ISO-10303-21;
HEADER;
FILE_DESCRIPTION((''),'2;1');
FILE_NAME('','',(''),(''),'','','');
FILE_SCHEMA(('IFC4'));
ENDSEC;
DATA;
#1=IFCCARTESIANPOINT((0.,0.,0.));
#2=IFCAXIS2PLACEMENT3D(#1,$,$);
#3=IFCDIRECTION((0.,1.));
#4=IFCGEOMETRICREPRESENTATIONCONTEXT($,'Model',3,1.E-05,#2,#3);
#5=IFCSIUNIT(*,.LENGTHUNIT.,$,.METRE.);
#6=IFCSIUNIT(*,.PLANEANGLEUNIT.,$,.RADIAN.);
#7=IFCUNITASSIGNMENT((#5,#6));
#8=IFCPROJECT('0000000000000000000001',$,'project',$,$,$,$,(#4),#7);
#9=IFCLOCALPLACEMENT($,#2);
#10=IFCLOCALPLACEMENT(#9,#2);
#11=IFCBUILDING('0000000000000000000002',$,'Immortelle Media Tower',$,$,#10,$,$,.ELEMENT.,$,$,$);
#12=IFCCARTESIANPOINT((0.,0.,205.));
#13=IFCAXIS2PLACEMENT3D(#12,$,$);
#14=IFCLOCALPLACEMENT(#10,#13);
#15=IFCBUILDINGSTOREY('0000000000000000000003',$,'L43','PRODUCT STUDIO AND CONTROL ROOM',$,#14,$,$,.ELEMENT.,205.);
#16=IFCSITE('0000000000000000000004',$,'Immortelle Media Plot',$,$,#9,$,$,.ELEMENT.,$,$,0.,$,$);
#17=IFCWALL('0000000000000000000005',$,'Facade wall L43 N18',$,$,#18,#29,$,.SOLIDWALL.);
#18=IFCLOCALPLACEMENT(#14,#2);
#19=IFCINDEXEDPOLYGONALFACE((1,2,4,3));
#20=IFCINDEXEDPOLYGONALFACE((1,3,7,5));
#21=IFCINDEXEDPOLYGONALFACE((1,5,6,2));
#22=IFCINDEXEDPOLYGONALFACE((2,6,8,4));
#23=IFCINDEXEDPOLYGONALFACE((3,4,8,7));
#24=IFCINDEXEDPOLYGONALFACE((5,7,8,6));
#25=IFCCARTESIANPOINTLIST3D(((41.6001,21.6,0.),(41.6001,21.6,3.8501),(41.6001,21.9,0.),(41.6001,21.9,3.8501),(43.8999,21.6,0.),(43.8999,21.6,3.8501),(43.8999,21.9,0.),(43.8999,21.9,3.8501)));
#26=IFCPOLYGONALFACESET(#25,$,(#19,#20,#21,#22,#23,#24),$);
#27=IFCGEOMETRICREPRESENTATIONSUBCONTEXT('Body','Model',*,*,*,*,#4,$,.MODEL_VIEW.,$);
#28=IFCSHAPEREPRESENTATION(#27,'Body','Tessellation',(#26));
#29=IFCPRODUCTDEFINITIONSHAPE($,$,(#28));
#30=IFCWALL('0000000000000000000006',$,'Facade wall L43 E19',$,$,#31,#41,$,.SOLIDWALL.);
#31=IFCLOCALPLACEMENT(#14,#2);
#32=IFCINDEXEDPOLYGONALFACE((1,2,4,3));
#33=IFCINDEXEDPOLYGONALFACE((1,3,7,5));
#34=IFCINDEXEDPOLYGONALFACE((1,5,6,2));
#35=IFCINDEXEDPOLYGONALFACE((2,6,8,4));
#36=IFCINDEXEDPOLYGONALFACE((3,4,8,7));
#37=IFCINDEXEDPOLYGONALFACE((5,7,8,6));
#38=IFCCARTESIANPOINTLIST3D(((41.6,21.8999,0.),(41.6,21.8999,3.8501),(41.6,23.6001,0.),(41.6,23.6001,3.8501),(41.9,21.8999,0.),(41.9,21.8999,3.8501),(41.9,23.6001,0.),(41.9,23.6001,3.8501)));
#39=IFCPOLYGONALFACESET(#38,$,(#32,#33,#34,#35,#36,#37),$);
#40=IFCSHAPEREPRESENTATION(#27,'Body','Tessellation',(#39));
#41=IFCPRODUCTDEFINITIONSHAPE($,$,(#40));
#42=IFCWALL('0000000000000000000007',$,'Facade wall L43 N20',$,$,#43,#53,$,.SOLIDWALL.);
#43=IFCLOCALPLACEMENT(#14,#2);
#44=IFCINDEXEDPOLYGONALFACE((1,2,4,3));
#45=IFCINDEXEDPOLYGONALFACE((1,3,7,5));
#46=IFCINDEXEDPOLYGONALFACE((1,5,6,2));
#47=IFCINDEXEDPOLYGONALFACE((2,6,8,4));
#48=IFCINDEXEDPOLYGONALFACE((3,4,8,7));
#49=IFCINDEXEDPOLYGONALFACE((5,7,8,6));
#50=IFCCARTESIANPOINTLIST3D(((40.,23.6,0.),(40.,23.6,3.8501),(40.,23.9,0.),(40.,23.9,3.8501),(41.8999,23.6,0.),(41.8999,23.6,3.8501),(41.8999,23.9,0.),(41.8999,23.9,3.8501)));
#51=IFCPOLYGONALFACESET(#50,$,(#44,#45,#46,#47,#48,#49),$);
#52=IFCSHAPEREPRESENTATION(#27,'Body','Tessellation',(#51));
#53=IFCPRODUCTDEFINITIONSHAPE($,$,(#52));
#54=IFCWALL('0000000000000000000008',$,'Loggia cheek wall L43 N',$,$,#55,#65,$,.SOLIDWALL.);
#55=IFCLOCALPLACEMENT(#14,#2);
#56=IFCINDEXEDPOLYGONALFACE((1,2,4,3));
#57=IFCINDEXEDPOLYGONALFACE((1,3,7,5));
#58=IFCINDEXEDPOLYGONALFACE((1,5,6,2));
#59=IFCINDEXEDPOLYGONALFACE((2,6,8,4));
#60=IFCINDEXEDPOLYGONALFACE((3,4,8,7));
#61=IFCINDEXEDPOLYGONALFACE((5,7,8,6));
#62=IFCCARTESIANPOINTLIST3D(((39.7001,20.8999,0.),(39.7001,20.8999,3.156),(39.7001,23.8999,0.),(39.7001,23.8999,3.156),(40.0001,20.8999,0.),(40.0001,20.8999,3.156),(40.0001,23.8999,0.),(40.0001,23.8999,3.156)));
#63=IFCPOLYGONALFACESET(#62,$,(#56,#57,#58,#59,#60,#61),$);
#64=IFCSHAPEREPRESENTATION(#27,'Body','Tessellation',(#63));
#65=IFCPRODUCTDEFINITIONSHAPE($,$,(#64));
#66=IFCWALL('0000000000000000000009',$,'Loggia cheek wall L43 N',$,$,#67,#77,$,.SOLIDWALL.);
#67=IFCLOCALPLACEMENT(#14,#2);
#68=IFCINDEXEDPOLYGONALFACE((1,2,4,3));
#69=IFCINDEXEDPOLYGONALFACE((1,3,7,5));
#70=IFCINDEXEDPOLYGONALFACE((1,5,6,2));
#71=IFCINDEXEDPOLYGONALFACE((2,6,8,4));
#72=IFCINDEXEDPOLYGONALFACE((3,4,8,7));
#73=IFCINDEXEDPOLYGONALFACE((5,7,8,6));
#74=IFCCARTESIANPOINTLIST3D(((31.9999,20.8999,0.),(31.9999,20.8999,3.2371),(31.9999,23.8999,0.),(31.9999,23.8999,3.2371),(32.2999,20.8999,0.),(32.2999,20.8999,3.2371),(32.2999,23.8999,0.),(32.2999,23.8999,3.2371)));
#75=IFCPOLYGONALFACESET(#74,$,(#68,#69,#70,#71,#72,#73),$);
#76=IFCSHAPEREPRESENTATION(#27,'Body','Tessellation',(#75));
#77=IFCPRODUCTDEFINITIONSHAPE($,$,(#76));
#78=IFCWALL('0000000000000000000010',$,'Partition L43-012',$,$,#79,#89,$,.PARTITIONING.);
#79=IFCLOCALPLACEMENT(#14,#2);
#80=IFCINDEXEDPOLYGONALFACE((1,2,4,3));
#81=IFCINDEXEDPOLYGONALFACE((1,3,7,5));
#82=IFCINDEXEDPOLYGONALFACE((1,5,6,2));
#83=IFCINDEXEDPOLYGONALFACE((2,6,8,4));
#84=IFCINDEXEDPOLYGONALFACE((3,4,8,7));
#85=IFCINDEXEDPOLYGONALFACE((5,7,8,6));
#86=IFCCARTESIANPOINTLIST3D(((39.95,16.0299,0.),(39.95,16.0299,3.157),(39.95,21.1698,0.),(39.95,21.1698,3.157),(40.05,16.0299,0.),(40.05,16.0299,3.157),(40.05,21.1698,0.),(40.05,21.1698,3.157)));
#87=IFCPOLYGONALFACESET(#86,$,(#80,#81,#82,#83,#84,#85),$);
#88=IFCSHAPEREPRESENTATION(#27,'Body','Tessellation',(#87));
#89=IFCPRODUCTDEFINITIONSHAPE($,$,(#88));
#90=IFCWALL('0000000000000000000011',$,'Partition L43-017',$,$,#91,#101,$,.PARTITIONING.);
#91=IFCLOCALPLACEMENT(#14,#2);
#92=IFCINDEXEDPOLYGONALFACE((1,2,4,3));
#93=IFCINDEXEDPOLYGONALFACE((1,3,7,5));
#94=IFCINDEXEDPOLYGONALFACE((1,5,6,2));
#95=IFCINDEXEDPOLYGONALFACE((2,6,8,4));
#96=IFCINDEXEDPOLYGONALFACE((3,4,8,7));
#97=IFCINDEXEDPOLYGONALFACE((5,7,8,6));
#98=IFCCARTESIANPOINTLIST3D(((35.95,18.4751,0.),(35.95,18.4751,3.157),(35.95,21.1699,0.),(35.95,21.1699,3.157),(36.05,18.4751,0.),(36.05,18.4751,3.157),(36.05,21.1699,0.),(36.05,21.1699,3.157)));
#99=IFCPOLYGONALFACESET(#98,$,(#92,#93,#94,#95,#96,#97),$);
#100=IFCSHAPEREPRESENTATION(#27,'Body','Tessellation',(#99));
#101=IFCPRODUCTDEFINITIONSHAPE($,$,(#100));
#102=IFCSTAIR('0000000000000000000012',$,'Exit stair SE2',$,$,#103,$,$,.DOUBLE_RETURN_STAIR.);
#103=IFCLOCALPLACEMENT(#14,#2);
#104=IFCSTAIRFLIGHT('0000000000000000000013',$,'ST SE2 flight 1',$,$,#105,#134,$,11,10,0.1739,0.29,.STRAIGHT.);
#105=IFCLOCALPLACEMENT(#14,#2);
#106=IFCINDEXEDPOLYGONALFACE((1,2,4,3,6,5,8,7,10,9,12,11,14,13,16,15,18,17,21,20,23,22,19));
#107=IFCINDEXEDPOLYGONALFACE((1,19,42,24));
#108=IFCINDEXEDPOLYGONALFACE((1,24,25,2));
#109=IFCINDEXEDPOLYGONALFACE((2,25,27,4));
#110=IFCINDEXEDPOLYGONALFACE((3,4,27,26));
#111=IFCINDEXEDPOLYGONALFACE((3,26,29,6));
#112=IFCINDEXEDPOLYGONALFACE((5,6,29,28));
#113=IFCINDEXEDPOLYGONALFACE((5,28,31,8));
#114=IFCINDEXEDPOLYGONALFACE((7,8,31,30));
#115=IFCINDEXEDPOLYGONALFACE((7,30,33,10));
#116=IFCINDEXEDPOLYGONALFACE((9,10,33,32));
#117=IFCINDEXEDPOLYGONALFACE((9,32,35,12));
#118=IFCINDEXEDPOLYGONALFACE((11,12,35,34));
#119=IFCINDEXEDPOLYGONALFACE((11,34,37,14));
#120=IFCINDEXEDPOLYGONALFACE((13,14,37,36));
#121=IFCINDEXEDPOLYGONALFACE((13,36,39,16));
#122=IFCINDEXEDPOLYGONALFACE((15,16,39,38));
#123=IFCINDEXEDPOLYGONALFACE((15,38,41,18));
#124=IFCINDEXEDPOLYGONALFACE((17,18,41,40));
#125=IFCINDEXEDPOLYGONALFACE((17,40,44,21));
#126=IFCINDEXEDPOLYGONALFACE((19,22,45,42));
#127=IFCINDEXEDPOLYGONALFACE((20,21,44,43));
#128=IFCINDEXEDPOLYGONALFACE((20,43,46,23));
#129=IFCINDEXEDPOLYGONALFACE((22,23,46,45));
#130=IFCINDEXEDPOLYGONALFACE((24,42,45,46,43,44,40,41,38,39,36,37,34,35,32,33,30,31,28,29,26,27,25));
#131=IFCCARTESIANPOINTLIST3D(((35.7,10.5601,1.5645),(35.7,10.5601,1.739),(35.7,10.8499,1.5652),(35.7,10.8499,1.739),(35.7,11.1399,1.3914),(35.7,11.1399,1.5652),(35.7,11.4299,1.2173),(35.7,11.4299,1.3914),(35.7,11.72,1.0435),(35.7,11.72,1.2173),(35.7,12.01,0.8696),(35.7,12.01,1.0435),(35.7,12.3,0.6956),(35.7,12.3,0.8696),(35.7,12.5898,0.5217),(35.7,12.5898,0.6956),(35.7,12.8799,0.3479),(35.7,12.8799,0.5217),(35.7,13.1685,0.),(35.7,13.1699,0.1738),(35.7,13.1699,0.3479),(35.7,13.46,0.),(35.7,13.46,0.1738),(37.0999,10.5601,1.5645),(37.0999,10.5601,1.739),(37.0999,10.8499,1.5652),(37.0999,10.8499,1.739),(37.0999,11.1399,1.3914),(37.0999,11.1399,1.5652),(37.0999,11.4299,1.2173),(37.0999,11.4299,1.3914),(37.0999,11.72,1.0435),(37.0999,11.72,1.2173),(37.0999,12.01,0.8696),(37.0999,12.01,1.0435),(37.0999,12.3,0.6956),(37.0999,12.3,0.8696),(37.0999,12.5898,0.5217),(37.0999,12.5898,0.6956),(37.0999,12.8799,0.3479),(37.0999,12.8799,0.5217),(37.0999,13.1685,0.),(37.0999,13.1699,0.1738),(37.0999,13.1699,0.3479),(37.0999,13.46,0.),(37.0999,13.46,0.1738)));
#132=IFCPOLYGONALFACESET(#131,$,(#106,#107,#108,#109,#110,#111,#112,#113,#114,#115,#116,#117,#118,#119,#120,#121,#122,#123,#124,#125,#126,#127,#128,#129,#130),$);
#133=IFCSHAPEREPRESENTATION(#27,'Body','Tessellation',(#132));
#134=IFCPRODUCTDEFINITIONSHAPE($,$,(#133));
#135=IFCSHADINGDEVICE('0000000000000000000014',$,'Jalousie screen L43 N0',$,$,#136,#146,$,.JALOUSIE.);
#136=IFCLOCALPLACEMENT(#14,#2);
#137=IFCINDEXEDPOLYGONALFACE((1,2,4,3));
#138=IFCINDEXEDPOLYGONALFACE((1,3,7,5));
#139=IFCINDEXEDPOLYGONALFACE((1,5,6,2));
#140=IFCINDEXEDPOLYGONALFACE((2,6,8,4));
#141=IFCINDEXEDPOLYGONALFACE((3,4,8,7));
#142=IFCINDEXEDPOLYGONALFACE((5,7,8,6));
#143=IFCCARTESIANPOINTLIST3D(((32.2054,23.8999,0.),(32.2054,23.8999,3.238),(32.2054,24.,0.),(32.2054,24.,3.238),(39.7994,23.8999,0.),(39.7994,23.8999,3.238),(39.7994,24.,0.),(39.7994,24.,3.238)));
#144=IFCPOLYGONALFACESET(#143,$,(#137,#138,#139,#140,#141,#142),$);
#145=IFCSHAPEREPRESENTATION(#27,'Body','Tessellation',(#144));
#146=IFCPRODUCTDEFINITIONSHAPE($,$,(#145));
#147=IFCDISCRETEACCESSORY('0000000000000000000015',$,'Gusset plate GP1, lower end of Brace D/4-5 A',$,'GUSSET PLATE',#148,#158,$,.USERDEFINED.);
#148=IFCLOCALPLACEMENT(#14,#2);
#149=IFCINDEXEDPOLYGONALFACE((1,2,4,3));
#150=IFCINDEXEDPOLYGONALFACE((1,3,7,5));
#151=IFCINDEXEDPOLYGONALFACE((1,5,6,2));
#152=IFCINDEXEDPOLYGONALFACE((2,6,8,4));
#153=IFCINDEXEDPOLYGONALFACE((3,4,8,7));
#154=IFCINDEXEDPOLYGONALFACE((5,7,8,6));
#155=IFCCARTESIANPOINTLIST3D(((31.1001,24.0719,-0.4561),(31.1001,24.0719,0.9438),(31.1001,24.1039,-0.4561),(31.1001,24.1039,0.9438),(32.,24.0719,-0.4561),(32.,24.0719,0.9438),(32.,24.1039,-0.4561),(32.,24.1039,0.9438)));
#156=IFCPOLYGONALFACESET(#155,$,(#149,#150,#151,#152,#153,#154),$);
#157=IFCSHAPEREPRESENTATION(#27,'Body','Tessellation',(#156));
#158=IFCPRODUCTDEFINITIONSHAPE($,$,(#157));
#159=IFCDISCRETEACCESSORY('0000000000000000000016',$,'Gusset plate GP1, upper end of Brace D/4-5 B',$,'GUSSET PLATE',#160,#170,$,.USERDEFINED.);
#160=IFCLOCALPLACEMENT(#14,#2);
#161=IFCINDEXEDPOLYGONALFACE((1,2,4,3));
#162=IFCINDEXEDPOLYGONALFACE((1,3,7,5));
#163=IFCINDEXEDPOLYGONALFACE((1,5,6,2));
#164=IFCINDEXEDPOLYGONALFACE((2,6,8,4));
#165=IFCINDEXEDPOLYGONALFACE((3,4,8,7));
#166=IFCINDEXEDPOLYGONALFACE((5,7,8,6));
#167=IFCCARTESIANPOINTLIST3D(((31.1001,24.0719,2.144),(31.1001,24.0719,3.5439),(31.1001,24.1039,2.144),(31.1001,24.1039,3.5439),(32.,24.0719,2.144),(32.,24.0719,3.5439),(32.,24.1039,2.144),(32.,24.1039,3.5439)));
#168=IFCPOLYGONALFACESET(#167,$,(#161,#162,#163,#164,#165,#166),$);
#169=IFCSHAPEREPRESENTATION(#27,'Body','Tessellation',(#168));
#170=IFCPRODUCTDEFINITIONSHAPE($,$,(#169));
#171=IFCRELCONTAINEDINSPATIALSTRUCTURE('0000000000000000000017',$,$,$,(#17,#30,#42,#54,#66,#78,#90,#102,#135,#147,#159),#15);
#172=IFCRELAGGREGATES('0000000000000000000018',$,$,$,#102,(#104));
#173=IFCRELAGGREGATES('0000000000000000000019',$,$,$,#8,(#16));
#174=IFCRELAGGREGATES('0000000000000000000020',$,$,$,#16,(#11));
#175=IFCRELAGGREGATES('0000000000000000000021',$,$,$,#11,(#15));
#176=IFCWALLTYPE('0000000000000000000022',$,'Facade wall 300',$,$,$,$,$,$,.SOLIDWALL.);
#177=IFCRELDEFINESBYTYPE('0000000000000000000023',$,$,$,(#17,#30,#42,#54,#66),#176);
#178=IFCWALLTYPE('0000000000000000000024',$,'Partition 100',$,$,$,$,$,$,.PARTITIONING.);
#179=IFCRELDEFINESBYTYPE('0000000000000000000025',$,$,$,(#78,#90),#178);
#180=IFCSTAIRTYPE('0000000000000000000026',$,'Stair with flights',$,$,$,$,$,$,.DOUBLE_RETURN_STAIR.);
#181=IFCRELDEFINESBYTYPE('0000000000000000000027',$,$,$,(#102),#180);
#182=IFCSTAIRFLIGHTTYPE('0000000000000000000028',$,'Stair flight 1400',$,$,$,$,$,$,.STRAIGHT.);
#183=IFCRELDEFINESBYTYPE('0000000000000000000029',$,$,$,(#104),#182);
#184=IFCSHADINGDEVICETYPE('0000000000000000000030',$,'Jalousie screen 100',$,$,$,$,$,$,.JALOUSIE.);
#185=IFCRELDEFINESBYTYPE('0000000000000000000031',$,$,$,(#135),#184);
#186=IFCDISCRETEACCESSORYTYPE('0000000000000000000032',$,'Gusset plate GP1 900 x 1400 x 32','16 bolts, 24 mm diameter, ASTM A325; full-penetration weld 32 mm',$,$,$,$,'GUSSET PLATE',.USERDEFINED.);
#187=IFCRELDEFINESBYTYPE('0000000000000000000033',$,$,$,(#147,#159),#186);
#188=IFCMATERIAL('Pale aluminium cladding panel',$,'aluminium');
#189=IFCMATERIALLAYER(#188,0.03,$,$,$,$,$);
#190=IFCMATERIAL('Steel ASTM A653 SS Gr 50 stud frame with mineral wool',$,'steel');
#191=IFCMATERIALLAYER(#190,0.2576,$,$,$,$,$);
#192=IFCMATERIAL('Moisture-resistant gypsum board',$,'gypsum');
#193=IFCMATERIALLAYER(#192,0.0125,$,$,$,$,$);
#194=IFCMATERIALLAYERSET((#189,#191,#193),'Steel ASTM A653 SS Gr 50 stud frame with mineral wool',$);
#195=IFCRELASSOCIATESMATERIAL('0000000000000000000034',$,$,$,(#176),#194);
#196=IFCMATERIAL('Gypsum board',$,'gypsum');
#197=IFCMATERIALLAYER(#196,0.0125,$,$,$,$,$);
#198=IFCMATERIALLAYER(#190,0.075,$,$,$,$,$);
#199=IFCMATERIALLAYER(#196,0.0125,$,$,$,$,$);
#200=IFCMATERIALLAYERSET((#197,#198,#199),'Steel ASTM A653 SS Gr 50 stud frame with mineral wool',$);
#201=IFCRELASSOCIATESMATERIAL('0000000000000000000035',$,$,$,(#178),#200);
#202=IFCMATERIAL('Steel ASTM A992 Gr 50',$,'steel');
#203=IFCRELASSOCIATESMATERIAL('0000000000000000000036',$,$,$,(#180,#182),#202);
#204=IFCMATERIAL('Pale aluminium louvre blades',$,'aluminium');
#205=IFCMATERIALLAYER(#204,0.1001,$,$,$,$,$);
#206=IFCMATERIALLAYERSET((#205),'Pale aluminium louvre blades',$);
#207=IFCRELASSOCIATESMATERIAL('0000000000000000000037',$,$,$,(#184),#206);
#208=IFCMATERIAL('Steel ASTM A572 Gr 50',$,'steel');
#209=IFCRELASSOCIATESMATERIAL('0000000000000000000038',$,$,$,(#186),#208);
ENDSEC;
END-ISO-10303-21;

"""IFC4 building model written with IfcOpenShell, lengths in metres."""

from ifc_helpers import new_model, si_unit, direction, frame, frame_2d, origin, origin_2d, place, context, subcontext, project, spatial, polyline, rectangle, outline, extrude, material, layer, layer_set, material_profile, profile_set, type_object, element, aggregate, save


model = new_model("IFC4")

# Units and contexts
model_context = context("Model", 3, precision=1e-05, world=origin(), true_north=direction((0.0, 1.0)))
body_context = subcontext(model_context, "Body", "Model", "MODEL_VIEW")
ifc_project = project(units=[si_unit("LENGTHUNIT", "METRE"), si_unit("PLANEANGLEUNIT", "RADIAN")], contexts=[model_context])

# Site, building, storey
site_placement = place(None, origin())
site = spatial("IfcSite", under=ifc_project, at=site_placement, Name="Immortelle Media Plot", CompositionType="ELEMENT", RefElevation=0.0)
building_placement = place(site_placement, origin())
building = spatial("IfcBuilding", under=site, at=building_placement, Name="Immortelle Media Tower", CompositionType="ELEMENT")
storey_placement = place(building_placement, frame((0.0, 0.0, 205.0)))
storey = spatial("IfcBuildingStorey", under=building, at=storey_placement, Name="L43", Description="PRODUCT STUDIO AND CONTROL ROOM", CompositionType="ELEMENT", Elevation=205.0)

# Shared definitions
ifc_material_1 = material(Name="Steel ASTM A992 Gr 50", Category="steel")

# Walls
ifc_material_2 = material(Name="Steel ASTM A653 SS Gr 50 stud frame with mineral wool", Category="steel")
ifc_material_3 = material(Name="Pale aluminium cladding panel", Category="aluminium")
ifc_layer_1 = layer(ifc_material_3, 0.03)
ifc_layer_2 = layer(ifc_material_2, 0.2576)
ifc_material_4 = material(Name="Moisture-resistant gypsum board", Category="gypsum")
ifc_layer_3 = layer(ifc_material_4, 0.0125)
ifc_layer_set_1 = layer_set([ifc_layer_1, ifc_layer_2, ifc_layer_3], Name="Steel ASTM A653 SS Gr 50 stud frame with mineral wool")
wall_type_1 = type_object("IfcWallType", Name="Facade wall 300", PredefinedType="SOLIDWALL", material=ifc_layer_set_1)
wall_1_placement = place(storey_placement, frame((43.8999, 21.75, 0.0), z_axis=(0.0, 0.0, 1.0), x_axis=(-1.0, 0.0, 0.0)))
element("IfcWall", 1, at=wall_1_placement, inside=storey, type_object=wall_type_1, Name="Facade wall L43 N18", PredefinedType="SOLIDWALL", context=body_context, shape_type="SweptSolid", body=[
    extrude(rectangle(XDim=2.2998, YDim=0.3, at=frame_2d((1.1499, 0.0))), origin(), (0.0, 0.0, 1.0), 3.8501),
])
wall_2_placement = place(storey_placement, frame((41.75, 21.8999, 0.0), z_axis=(0.0, 0.0, 1.0), x_axis=(0.0, 1.0, 0.0)))
element("IfcWall", 2, at=wall_2_placement, inside=storey, type_object=wall_type_1, Name="Facade wall L43 E19", PredefinedType="SOLIDWALL", context=body_context, shape_type="SweptSolid", body=[
    extrude(rectangle(XDim=1.7002, YDim=0.3, at=frame_2d((0.8501, 0.0))), origin(), (0.0, 0.0, 1.0), 3.8501),
])
wall_3_placement = place(storey_placement, frame((41.8999, 23.75, 0.0), z_axis=(0.0, 0.0, 1.0), x_axis=(-1.0, 0.0, 0.0)))
element("IfcWall", 3, at=wall_3_placement, inside=storey, type_object=wall_type_1, Name="Facade wall L43 N20", PredefinedType="SOLIDWALL", context=body_context, shape_type="SweptSolid", body=[
    extrude(rectangle(XDim=1.8999, YDim=0.3, at=frame_2d((0.95, 0.0))), origin(), (0.0, 0.0, 1.0), 3.8501),
])

# Walls
wall_4_placement = place(storey_placement, frame((39.8501, 23.8999, 0.0), z_axis=(0.0, 0.0, 1.0), x_axis=(0.0, -1.0, 0.0)))
element("IfcWall", 4, at=wall_4_placement, inside=storey, type_object=wall_type_1, Name="Loggia cheek wall L43 N", PredefinedType="SOLIDWALL", context=body_context, shape_type="SweptSolid", body=[
    extrude(rectangle(XDim=3.0, YDim=0.3, at=frame_2d((1.5, 0.0))), origin(), (0.0, 0.0, 1.0), 3.156),
])
wall_5_placement = place(storey_placement, frame((32.1499, 23.8999, 0.0), z_axis=(0.0, 0.0, 1.0), x_axis=(0.0, -1.0, 0.0)))
element("IfcWall", 5, at=wall_5_placement, inside=storey, type_object=wall_type_1, Name="Loggia cheek wall L43 N", PredefinedType="SOLIDWALL", context=body_context, shape_type="SweptSolid", body=[
    extrude(rectangle(XDim=3.0, YDim=0.3, at=frame_2d((1.5, 0.0))), origin(), (0.0, 0.0, 1.0), 3.2371),
])
ifc_material_5 = material(Name="Gypsum board", Category="gypsum")
ifc_layer_4 = layer(ifc_material_5, 0.0125)
ifc_layer_5 = layer(ifc_material_2, 0.075)
ifc_layer_6 = layer(ifc_material_5, 0.0125)
ifc_layer_set_2 = layer_set([ifc_layer_4, ifc_layer_5, ifc_layer_6], Name="Steel ASTM A653 SS Gr 50 stud frame with mineral wool")
wall_type_2 = type_object("IfcWallType", Name="Partition 100", PredefinedType="PARTITIONING", material=ifc_layer_set_2)
wall_6_placement = place(storey_placement, frame((40.0, 16.03, 0.0), z_axis=(0.0, 0.0, 1.0), x_axis=(0.0, 1.0, 0.0)))
element("IfcWall", 6, at=wall_6_placement, inside=storey, type_object=wall_type_2, Name="Partition L43-012", PredefinedType="PARTITIONING", context=body_context, shape_type="SweptSolid", body=[
    extrude(rectangle(XDim=5.1399, YDim=0.1001, at=frame_2d((2.5698, 0.0))), origin(), (0.0, 0.0, 1.0), 3.157),
])
wall_7_placement = place(storey_placement, frame((36.0, 18.4751, 0.0), z_axis=(0.0, 0.0, 1.0), x_axis=(0.0, 1.0, 0.0)))
element("IfcWall", 7, at=wall_7_placement, inside=storey, type_object=wall_type_2, Name="Partition L43-017", PredefinedType="PARTITIONING", context=body_context, shape_type="SweptSolid", body=[
    extrude(rectangle(XDim=2.6948, YDim=0.1001, at=frame_2d((1.3474, 0.0))), origin(), (0.0, 0.0, 1.0), 3.157),
])

# Stair, stair flight
stair_type = type_object("IfcStairType", Name="Stair with flights", PredefinedType="DOUBLE_RETURN_STAIR", material=ifc_material_1)
stair_placement = place(storey_placement, origin())
stair = element("IfcStair", 8, at=stair_placement, inside=storey, type_object=stair_type, Name="Exit stair SE2", PredefinedType="DOUBLE_RETURN_STAIR")
stair_flight_type = type_object("IfcStairFlightType", Name="Stair flight 1400", PredefinedType="STRAIGHT", material=ifc_material_1)
stair_flight_placement = place(storey_placement, frame((36.3999, 13.46, 0.0), z_axis=(0.0, 0.0, 1.0), x_axis=(0.0, -1.0, 0.0)))
stair_flight = element("IfcStairFlight", 9, at=stair_flight_placement, type_object=stair_flight_type, Name="ST SE2 flight 1", NumberOfRisers=11, NumberOfTreads=10, PredefinedType="STRAIGHT", RiserHeight=0.1739, TreadLength=0.29, context=body_context, shape_type="SweptSolid", body=[
    extrude(outline(polyline([(0.0, 0.0), (0.0, 0.1738), (0.29, 0.1738), (0.29, 0.3479), (0.5801, 0.3479), (0.5801, 0.5217), (0.8701, 0.5217), (0.8701, 0.6956), (1.1599, 0.6956), (1.1599, 0.8696), (1.45, 0.8696), (1.45, 1.0435), (1.74, 1.0435), (1.74, 1.2173), (2.03, 1.2173), (2.03, 1.3914), (2.3201, 1.3914), (2.3201, 1.5652), (2.6101, 1.5652), (2.6101, 1.739), (2.8999, 1.739), (2.8999, 1.9131), (2.8999, 1.5645), (0.2915, 0.0), (0.0, 0.0)])), frame((0.0, 0.7, 0.0), z_axis=(0.0, -1.0, 0.0), x_axis=(1.0, 0.0, 0.0)), (0.0, 0.0, 1.0), 1.3999),
])
aggregate(stair, [stair_flight])

# Shading device
ifc_material_6 = material(Name="Pale aluminium louvre blades", Category="aluminium")
ifc_layer_7 = layer(ifc_material_6, 0.1001)
ifc_layer_set_3 = layer_set([ifc_layer_7], Name="Pale aluminium louvre blades")
shading_device_type = type_object("IfcShadingDeviceType", Name="Jalousie screen 100", PredefinedType="JALOUSIE", material=ifc_layer_set_3)
shading_device_placement = place(storey_placement, frame((36.0024, 23.95, 0.0), z_axis=(0.0, 0.0, 1.0), x_axis=(-1.0, 0.0, 0.0)))
element("IfcShadingDevice", 10, at=shading_device_placement, inside=storey, type_object=shading_device_type, Name="Jalousie screen L43 N0", PredefinedType="JALOUSIE", context=body_context, shape_type="SweptSolid", body=[
    extrude(rectangle(XDim=7.594, YDim=0.1001, at=origin_2d()), origin(), (0.0, 0.0, 1.0), 3.238),
])

# Discrete accessories
ifc_material_7 = material(Name="Steel ASTM A572 Gr 50", Category="steel")
ifc_material_profile_1 = material_profile(ifc_material_7, rectangle(XDim=0.032, YDim=1.3999, at=origin_2d()), Name="PL 32 x 1400")
ifc_profile_set_1 = profile_set([ifc_material_profile_1], Name="Steel ASTM A572 Gr 50")
discrete_accessory_type = type_object("IfcDiscreteAccessoryType", Name="Gusset plate GP1 900 x 1400 x 32", Description="16 bolts, 24 mm diameter, ASTM A325; full-penetration weld 32 mm", ElementType="GUSSET PLATE", PredefinedType="USERDEFINED", material=ifc_profile_set_1)
for number, where, z_axis, x_axis, name in (
    (11, (32.0, 24.0879, 0.2439), (-1.0, 0.0, 0.0), (0.0, -1.0, 0.0), "Gusset plate GP1, lower end of Brace D/4-5 A"),
    (12, (32.0, 24.0879, 2.844), (-1.0, 0.0, 0.0), (0.0, -1.0, 0.0), "Gusset plate GP1, upper end of Brace D/4-5 B"),
):
    element("IfcDiscreteAccessory", number, at=place(storey_placement, frame(where, z_axis=z_axis, x_axis=x_axis)), inside=storey, type_object=discrete_accessory_type, Name=name, ObjectType="GUSSET PLATE", PredefinedType="USERDEFINED", context=body_context, shape_type="SweptSolid", body=[
        extrude(rectangle(XDim=0.032, YDim=1.3999, at=origin_2d()), origin(), (0.0, 0.0, 1.0), 0.8999),
    ])

save(model, "model.ifc")
